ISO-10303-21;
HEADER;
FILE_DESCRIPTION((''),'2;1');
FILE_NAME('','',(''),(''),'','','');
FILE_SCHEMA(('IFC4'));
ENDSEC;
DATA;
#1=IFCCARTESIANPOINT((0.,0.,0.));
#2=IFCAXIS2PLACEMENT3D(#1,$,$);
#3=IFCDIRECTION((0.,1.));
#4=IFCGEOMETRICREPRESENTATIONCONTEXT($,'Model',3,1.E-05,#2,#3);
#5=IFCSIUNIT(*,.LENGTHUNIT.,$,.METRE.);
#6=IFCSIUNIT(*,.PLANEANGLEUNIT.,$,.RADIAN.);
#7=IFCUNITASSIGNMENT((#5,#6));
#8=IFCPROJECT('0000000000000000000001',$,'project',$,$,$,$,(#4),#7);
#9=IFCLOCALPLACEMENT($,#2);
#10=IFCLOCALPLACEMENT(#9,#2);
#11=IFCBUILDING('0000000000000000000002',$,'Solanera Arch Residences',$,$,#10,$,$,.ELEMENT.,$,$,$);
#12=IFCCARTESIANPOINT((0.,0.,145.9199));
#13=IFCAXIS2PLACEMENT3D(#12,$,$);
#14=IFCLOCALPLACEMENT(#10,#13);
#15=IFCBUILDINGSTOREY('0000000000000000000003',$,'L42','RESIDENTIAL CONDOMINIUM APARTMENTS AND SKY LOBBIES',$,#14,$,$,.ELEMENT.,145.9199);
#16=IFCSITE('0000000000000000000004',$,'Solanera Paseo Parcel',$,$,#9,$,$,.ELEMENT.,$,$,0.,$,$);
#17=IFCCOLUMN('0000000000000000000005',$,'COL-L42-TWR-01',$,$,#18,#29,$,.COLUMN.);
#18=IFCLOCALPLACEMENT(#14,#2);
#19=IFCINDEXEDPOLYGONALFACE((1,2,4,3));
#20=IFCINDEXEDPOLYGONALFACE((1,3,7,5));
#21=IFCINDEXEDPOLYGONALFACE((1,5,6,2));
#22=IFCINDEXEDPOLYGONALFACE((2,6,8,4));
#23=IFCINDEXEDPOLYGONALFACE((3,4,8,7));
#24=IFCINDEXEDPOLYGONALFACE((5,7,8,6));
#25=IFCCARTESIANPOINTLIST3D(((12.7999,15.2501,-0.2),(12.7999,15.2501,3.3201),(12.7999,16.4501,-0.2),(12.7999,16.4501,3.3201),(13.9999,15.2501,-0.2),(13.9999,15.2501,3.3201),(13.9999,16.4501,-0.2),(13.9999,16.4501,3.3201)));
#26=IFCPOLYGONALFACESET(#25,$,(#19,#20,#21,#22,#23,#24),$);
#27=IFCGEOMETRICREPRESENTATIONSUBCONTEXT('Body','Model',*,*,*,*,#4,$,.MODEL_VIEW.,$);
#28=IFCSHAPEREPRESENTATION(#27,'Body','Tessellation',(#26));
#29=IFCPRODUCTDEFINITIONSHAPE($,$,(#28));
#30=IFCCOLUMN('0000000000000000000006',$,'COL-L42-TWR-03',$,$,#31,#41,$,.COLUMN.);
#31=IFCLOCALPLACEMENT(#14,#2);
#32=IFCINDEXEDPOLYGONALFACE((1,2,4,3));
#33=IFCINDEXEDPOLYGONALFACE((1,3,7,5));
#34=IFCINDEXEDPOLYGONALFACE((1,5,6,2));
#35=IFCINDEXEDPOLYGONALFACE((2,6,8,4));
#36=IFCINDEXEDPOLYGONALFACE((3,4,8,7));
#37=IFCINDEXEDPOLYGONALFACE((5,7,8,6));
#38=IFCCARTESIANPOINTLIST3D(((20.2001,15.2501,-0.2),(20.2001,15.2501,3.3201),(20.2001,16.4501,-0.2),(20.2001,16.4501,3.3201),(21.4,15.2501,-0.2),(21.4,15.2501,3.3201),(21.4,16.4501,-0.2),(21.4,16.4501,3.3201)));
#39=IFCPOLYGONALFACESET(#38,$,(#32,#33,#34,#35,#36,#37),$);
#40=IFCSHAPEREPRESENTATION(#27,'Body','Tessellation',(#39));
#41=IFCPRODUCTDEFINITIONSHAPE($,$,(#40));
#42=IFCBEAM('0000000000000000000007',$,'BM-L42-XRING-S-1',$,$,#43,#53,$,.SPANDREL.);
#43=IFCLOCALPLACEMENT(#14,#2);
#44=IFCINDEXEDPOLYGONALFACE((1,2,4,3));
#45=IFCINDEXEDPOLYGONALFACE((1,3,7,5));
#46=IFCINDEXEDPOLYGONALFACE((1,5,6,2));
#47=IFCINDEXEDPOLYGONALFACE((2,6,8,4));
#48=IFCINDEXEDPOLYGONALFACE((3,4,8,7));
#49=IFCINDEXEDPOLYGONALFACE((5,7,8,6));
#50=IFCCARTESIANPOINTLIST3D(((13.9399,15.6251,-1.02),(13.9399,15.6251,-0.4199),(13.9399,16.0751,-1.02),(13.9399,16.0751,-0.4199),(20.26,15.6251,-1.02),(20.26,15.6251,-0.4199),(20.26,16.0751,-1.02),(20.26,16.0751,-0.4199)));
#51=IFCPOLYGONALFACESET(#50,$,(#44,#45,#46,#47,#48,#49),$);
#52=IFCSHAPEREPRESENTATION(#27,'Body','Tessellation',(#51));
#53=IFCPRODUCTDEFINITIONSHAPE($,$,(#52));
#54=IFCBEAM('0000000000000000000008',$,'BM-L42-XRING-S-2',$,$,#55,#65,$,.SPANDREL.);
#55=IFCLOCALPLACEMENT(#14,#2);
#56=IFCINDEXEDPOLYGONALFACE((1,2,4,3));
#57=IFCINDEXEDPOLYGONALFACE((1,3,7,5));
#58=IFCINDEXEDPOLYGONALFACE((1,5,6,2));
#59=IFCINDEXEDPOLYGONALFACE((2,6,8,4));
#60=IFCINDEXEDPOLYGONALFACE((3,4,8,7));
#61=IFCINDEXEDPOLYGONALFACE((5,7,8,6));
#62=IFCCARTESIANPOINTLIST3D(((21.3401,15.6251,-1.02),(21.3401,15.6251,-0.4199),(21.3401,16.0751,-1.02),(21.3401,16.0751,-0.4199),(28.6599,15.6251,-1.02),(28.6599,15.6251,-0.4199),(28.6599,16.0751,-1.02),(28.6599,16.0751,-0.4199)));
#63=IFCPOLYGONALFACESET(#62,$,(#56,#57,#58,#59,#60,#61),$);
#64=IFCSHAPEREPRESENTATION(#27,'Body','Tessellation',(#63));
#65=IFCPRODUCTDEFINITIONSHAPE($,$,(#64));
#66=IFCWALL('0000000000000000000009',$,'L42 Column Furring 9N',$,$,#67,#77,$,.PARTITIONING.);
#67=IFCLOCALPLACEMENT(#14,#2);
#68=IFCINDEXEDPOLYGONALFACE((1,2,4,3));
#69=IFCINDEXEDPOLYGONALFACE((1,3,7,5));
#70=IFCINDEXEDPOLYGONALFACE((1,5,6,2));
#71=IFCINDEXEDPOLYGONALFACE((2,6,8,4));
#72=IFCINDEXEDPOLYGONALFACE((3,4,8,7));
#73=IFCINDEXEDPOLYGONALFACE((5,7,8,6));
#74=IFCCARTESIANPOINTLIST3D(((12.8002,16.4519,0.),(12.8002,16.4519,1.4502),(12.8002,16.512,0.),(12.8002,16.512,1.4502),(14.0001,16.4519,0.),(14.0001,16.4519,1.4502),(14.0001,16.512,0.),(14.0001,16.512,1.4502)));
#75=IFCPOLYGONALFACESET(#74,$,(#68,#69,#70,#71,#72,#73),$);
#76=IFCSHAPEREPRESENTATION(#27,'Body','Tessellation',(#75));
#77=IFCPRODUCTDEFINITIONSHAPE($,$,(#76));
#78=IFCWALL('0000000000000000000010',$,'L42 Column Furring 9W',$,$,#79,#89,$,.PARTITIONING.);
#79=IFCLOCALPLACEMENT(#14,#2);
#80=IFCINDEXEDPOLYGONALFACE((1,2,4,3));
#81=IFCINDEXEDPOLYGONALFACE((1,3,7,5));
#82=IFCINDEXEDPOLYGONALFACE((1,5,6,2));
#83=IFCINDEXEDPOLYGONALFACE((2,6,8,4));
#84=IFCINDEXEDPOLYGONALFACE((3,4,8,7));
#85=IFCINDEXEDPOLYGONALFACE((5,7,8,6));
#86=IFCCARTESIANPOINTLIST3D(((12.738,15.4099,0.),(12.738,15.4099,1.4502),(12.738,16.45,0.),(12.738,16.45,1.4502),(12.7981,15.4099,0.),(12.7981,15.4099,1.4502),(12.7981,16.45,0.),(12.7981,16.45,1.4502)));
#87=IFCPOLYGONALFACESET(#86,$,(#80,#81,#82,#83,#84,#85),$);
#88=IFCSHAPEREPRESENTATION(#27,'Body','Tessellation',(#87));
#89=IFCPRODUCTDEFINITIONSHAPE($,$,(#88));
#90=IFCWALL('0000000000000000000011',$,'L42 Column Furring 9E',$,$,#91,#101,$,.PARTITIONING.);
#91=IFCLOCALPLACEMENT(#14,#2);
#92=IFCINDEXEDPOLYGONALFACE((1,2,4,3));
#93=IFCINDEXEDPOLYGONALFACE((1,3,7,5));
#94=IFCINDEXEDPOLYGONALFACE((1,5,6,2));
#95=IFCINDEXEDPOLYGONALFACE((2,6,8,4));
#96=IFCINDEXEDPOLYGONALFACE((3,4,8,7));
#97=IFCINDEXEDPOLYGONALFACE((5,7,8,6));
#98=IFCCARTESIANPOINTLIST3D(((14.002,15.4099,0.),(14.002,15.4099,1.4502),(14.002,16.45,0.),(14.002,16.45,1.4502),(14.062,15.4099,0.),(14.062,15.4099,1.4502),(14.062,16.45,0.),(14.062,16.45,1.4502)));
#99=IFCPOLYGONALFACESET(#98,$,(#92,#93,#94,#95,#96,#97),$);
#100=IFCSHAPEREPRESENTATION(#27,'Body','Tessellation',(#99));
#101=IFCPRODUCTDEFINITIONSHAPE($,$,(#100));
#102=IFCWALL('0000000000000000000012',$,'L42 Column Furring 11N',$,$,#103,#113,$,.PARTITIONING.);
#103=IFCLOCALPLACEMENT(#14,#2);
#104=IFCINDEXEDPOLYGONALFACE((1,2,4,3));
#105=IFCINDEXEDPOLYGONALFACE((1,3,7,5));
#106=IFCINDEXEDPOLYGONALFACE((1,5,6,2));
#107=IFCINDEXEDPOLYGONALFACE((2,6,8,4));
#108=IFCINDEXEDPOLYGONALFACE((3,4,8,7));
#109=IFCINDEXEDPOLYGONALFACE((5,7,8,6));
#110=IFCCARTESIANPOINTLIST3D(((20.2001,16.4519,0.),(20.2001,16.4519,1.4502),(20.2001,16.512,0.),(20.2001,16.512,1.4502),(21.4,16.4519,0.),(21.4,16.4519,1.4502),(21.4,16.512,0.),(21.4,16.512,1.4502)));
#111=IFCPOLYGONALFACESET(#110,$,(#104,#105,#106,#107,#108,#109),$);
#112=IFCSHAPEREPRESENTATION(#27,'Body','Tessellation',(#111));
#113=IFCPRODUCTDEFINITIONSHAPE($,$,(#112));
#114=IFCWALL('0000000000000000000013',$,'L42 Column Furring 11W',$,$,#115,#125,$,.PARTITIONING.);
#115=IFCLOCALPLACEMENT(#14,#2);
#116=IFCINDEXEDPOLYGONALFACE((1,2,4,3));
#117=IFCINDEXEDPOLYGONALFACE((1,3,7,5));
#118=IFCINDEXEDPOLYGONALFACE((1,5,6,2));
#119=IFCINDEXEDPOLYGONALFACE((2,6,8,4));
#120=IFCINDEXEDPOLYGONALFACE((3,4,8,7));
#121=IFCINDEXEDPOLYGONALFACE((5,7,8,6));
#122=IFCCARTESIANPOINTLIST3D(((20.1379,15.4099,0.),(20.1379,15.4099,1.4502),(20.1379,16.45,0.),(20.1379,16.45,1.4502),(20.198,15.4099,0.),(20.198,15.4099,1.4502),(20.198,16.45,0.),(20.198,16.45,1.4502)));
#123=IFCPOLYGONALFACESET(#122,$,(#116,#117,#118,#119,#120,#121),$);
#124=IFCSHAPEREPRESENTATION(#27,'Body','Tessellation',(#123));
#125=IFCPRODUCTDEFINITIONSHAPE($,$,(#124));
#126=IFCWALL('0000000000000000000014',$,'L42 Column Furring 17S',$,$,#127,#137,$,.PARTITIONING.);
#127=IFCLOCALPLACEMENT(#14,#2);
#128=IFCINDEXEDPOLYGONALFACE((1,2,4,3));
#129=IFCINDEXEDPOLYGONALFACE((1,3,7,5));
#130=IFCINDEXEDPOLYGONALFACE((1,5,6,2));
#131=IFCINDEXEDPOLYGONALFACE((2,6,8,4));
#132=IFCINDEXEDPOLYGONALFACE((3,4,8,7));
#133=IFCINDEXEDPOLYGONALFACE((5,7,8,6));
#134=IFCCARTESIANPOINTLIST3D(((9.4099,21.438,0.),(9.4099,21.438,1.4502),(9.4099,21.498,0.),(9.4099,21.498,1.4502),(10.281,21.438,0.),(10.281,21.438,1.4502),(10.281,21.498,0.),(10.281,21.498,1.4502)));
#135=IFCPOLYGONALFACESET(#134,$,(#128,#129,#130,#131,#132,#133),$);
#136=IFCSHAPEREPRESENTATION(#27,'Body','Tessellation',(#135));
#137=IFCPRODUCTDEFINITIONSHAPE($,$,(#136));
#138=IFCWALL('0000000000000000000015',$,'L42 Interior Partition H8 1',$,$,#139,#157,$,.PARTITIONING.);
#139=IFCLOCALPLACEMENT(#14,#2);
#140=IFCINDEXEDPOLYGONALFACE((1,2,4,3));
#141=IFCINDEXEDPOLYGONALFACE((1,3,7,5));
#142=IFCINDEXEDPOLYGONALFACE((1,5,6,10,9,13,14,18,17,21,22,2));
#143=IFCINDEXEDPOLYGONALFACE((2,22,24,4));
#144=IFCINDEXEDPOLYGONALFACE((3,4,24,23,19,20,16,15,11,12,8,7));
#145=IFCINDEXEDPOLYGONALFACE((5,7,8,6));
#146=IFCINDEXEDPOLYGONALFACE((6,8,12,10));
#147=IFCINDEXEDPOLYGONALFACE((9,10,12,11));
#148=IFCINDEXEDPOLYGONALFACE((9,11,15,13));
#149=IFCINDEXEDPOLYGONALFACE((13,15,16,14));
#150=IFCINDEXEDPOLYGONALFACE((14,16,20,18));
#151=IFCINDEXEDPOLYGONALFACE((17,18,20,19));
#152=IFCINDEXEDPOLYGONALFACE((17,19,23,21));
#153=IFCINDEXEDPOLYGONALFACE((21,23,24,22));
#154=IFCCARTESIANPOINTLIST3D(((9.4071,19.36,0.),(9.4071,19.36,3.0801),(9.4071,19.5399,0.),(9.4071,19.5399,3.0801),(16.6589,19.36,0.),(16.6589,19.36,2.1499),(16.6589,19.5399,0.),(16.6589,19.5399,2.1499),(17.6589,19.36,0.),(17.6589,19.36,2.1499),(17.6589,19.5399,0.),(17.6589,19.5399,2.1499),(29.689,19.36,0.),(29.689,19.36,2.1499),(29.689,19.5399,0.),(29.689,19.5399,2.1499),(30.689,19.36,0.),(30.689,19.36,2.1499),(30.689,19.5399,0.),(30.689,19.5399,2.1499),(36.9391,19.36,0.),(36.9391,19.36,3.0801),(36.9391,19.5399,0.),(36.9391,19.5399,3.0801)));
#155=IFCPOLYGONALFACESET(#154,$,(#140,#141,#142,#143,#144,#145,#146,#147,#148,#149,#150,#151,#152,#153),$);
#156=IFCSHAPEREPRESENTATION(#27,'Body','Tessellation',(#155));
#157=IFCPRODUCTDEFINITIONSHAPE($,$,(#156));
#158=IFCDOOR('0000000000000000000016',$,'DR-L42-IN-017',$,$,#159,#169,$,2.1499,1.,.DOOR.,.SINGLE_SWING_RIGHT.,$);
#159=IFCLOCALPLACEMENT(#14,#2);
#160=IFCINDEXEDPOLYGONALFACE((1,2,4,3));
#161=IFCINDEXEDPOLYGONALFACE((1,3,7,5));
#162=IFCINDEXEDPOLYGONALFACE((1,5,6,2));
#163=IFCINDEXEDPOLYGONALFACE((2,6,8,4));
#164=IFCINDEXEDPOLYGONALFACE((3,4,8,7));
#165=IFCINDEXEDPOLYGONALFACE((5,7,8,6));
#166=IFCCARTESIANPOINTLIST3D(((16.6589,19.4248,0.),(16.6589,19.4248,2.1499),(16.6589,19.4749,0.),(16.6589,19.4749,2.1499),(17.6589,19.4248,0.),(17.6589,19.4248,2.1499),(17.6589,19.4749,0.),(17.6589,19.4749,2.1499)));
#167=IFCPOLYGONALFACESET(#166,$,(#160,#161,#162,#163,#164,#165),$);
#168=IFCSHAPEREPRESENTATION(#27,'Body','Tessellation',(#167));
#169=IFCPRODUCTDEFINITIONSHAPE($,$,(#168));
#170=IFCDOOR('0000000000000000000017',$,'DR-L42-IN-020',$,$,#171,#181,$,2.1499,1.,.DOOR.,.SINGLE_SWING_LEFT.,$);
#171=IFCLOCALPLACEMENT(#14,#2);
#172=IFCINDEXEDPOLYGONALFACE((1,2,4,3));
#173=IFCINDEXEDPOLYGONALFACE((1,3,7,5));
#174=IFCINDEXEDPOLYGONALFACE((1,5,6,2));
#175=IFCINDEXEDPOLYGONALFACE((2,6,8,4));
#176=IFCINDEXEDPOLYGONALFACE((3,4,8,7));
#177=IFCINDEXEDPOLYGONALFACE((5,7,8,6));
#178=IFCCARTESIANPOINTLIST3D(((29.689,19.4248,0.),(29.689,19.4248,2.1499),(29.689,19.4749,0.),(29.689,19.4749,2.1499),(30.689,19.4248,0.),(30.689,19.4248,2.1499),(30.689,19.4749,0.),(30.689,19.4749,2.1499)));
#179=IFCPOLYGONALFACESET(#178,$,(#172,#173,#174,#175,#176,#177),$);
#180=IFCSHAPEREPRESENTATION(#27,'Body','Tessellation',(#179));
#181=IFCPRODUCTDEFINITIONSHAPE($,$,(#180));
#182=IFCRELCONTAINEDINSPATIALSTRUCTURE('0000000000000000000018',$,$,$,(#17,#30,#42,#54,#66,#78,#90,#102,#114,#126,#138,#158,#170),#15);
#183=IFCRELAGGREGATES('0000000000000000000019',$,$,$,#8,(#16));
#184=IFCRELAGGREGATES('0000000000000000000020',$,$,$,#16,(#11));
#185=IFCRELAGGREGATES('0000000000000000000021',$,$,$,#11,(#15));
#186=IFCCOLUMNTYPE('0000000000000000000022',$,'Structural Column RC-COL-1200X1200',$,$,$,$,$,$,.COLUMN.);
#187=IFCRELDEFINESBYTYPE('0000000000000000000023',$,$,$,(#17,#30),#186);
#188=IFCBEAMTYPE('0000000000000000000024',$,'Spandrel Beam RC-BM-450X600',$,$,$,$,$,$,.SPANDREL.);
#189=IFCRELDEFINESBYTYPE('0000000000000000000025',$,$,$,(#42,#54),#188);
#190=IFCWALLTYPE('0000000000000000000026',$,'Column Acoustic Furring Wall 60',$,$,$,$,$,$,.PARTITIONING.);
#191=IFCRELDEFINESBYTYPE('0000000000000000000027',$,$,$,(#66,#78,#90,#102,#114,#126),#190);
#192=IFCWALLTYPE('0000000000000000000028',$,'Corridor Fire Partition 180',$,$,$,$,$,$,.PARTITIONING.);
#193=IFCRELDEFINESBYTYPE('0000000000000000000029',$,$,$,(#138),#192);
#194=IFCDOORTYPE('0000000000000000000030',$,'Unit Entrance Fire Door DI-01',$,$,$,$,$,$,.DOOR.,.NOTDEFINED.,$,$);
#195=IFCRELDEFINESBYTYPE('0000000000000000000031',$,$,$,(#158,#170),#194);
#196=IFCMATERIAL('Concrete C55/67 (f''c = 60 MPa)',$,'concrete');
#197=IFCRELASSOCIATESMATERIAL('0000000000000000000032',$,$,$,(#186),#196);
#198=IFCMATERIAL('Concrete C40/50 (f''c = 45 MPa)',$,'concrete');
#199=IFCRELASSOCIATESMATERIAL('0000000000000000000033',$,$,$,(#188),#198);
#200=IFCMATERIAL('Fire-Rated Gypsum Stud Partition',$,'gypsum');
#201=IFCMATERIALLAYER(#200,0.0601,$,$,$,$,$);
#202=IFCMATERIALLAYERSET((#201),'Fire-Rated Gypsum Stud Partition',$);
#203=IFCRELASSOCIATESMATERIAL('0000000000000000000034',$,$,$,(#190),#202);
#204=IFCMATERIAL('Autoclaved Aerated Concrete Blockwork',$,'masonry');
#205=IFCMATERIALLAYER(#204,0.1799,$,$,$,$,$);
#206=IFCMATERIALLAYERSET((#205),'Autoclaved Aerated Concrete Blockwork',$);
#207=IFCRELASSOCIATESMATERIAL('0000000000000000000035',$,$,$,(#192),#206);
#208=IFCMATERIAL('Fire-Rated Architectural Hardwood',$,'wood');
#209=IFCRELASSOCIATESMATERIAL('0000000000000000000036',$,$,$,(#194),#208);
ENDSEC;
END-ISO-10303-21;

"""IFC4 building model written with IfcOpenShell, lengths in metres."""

from ifc_helpers import new_model, si_unit, direction, frame, frame_2d, origin, origin_2d, place, context, subcontext, project, spatial, rectangle, extrude, material, layer, layer_set, material_profile, profile_set, type_object, element, fill, save


model = new_model("IFC4")

# Units and contexts
model_context = context("Model", 3, precision=1e-05, world=origin(), true_north=direction((0.0, 1.0)))
body_context = subcontext(model_context, "Body", "Model", "MODEL_VIEW")
ifc_project = project(units=[si_unit("LENGTHUNIT", "METRE"), si_unit("PLANEANGLEUNIT", "RADIAN")], contexts=[model_context])

# Site, building, storey
site_placement = place(None, origin())
site = spatial("IfcSite", under=ifc_project, at=site_placement, Name="Solanera Paseo Parcel", CompositionType="ELEMENT", RefElevation=0.0)
building_placement = place(site_placement, origin())
building = spatial("IfcBuilding", under=site, at=building_placement, Name="Solanera Arch Residences", CompositionType="ELEMENT")
storey_placement = place(building_placement, frame((0.0, 0.0, 145.9199)))
storey = spatial("IfcBuildingStorey", under=building, at=storey_placement, Name="L42", Description="RESIDENTIAL CONDOMINIUM APARTMENTS AND SKY LOBBIES", CompositionType="ELEMENT", Elevation=145.9199)

# Columns
ifc_material_1 = material(Name="Concrete C55/67 (f'c = 60 MPa)", Category="concrete")
ifc_material_profile_1 = material_profile(ifc_material_1, rectangle(XDim=1.2, YDim=1.2, at=origin_2d()))
ifc_profile_set_1 = profile_set([ifc_material_profile_1], Name="Concrete C55/67 (f'c = 60 MPa)")
column_type = type_object("IfcColumnType", Name="Structural Column RC-COL-1200X1200", PredefinedType="COLUMN", material=ifc_profile_set_1)
for number, where, z_axis, x_axis, name in (
    (1, (13.3999, 15.8501, -0.2), (0.0, 0.0, 1.0), (1.0, 0.0, 0.0), "COL-L42-TWR-01"),
    (2, (20.8, 15.8501, -0.2), (0.0, 0.0, 1.0), (1.0, 0.0, 0.0), "COL-L42-TWR-03"),
):
    element("IfcColumn", number, at=place(storey_placement, frame(where, z_axis=z_axis, x_axis=x_axis)), inside=storey, type_object=column_type, Name=name, PredefinedType="COLUMN", context=body_context, shape_type="SweptSolid", body=[
        extrude(rectangle(XDim=1.2, YDim=1.2, at=origin_2d()), origin(), (0.0, 0.0, 1.0), 3.52),
    ])

# Beams
ifc_material_2 = material(Name="Concrete C40/50 (f'c = 45 MPa)", Category="concrete")
ifc_material_profile_2 = material_profile(ifc_material_2, rectangle(XDim=0.45, YDim=0.6001, at=origin_2d()))
ifc_profile_set_2 = profile_set([ifc_material_profile_2], Name="Concrete C40/50 (f'c = 45 MPa)")
beam_type = type_object("IfcBeamType", Name="Spandrel Beam RC-BM-450X600", PredefinedType="SPANDREL", material=ifc_profile_set_2)
beam_1_placement = place(storey_placement, frame((13.9399, 15.8501, -0.72), z_axis=(1.0, 0.0, 0.0), x_axis=(0.0, 1.0, 0.0)))
element("IfcBeam", 3, at=beam_1_placement, inside=storey, type_object=beam_type, Name="BM-L42-XRING-S-1", PredefinedType="SPANDREL", context=body_context, shape_type="SweptSolid", body=[
    extrude(rectangle(XDim=0.45, YDim=0.6001, at=origin_2d()), origin(), (0.0, 0.0, 1.0), 6.3201),
])
beam_2_placement = place(storey_placement, frame((21.3401, 15.8501, -0.72), z_axis=(1.0, 0.0, 0.0), x_axis=(0.0, 1.0, 0.0)))
element("IfcBeam", 4, at=beam_2_placement, inside=storey, type_object=beam_type, Name="BM-L42-XRING-S-2", PredefinedType="SPANDREL", context=body_context, shape_type="SweptSolid", body=[
    extrude(rectangle(XDim=0.45, YDim=0.6001, at=origin_2d()), origin(), (0.0, 0.0, 1.0), 7.3198),
])

# Walls
ifc_material_3 = material(Name="Fire-Rated Gypsum Stud Partition", Category="gypsum")
ifc_layer_1 = layer(ifc_material_3, 0.0601)
ifc_layer_set_1 = layer_set([ifc_layer_1], Name="Fire-Rated Gypsum Stud Partition")
wall_type_1 = type_object("IfcWallType", Name="Column Acoustic Furring Wall 60", PredefinedType="PARTITIONING", material=ifc_layer_set_1)
wall_1_placement = place(storey_placement, frame((12.8, 16.4819, 0.0), z_axis=(0.0, 0.0, 1.0), x_axis=(1.0, 0.0, 0.0)))
element("IfcWall", 5, at=wall_1_placement, inside=storey, type_object=wall_type_1, Name="L42 Column Furring 9N", PredefinedType="PARTITIONING", context=body_context, shape_type="SweptSolid", body=[
    extrude(rectangle(XDim=1.2, YDim=0.0601, at=frame_2d((0.6001, 0.0))), origin(), (0.0, 0.0, 1.0), 1.4502),
])
for number, where, z_axis, x_axis, name in (
    (6, (12.7681, 15.4099, 0.0), (0.0, 0.0, 1.0), (0.0, 1.0, 0.0), "L42 Column Furring 9W"),
    (7, (14.032, 15.4099, 0.0), (0.0, 0.0, 1.0), (0.0, 1.0, 0.0), "L42 Column Furring 9E"),
):
    element("IfcWall", number, at=place(storey_placement, frame(where, z_axis=z_axis, x_axis=x_axis)), inside=storey, type_object=wall_type_1, Name=name, PredefinedType="PARTITIONING", context=body_context, shape_type="SweptSolid", body=[
        extrude(rectangle(XDim=1.04, YDim=0.0601, at=frame_2d((0.52, 0.0))), origin(), (0.0, 0.0, 1.0), 1.4502),
    ])
wall_2_placement = place(storey_placement, frame((20.2, 16.4819, 0.0), z_axis=(0.0, 0.0, 1.0), x_axis=(1.0, 0.0, 0.0)))
element("IfcWall", 8, at=wall_2_placement, inside=storey, type_object=wall_type_1, Name="L42 Column Furring 11N", PredefinedType="PARTITIONING", context=body_context, shape_type="SweptSolid", body=[
    extrude(rectangle(XDim=1.2, YDim=0.0601, at=frame_2d((0.6001, 0.0))), origin(), (0.0, 0.0, 1.0), 1.4502),
])
wall_3_placement = place(storey_placement, frame((20.168, 15.4099, 0.0), z_axis=(0.0, 0.0, 1.0), x_axis=(0.0, 1.0, 0.0)))
element("IfcWall", 9, at=wall_3_placement, inside=storey, type_object=wall_type_1, Name="L42 Column Furring 11W", PredefinedType="PARTITIONING", context=body_context, shape_type="SweptSolid", body=[
    extrude(rectangle(XDim=1.04, YDim=0.0601, at=frame_2d((0.52, 0.0))), origin(), (0.0, 0.0, 1.0), 1.4502),
])
wall_4_placement = place(storey_placement, frame((9.4099, 21.468, 0.0), z_axis=(0.0, 0.0, 1.0), x_axis=(1.0, 0.0, 0.0)))
element("IfcWall", 10, at=wall_4_placement, inside=storey, type_object=wall_type_1, Name="L42 Column Furring 17S", PredefinedType="PARTITIONING", context=body_context, shape_type="SweptSolid", body=[
    extrude(rectangle(XDim=0.8711, YDim=0.0601, at=frame_2d((0.4355, 0.0))), origin(), (0.0, 0.0, 1.0), 1.4502),
])

# Wall, openings, doors
ifc_material_4 = material(Name="Autoclaved Aerated Concrete Blockwork", Category="masonry")
ifc_layer_2 = layer(ifc_material_4, 0.1799)
ifc_layer_set_2 = layer_set([ifc_layer_2], Name="Autoclaved Aerated Concrete Blockwork")
wall_type_2 = type_object("IfcWallType", Name="Corridor Fire Partition 180", PredefinedType="PARTITIONING", material=ifc_layer_set_2)
wall_5_placement = place(storey_placement, frame((9.407, 19.45, 0.0), z_axis=(0.0, 0.0, 1.0), x_axis=(1.0, 0.0, 0.0)))
wall_5 = element("IfcWall", 11, at=wall_5_placement, inside=storey, type_object=wall_type_2, Name="L42 Interior Partition H8 1", PredefinedType="PARTITIONING", context=body_context, shape_type="SweptSolid", body=[
    extrude(rectangle(XDim=27.532, YDim=0.1799, at=frame_2d((13.7661, 0.0))), origin(), (0.0, 0.0, 1.0), 3.0801),
])
opening_1_placement = place(wall_5_placement, frame((7.252, 0.0, 0.0)))
opening_1 = element("IfcOpeningElement", 12, at=opening_1_placement, cuts=wall_5, PredefinedType="OPENING", context=body_context, shape_type="SweptSolid", body=[
    extrude(rectangle(XDim=1.0, YDim=2.1499, at=frame_2d((0.5, 1.075))), frame((0.0, 0.1001, 0.0), z_axis=(0.0, -1.0, 0.0), x_axis=(1.0, 0.0, 0.0)), (0.0, 0.0, 1.0), 0.1999),
])
opening_2_placement = place(wall_5_placement, frame((20.282, 0.0, 0.0)))
opening_2 = element("IfcOpeningElement", 13, at=opening_2_placement, cuts=wall_5, PredefinedType="OPENING", context=body_context, shape_type="SweptSolid", body=[
    extrude(rectangle(XDim=1.0, YDim=2.1499, at=frame_2d((0.5, 1.075))), frame((0.0, 0.1001, 0.0), z_axis=(0.0, -1.0, 0.0), x_axis=(1.0, 0.0, 0.0)), (0.0, 0.0, 1.0), 0.1999),
])
ifc_material_5 = material(Name="Fire-Rated Architectural Hardwood", Category="wood")
door_type_1 = type_object("IfcDoorType", Name="Unit Entrance Fire Door DI-01", OperationType="NOTDEFINED", PredefinedType="DOOR", material=ifc_material_5)
door_1_placement = place(opening_1_placement, origin())
door_1 = element("IfcDoor", 14, at=door_1_placement, inside=storey, type_object=door_type_1, Name="DR-L42-IN-017", OperationType="SINGLE_SWING_RIGHT", OverallHeight=2.1499, OverallWidth=1.0, PredefinedType="DOOR", context=body_context, shape_type="SweptSolid", body=[
    extrude(rectangle(XDim=1.0, YDim=2.1499, at=frame_2d((0.5, 1.075))), frame((0.0, 0.0249, 0.0), z_axis=(0.0, -1.0, 0.0), x_axis=(1.0, 0.0, 0.0)), (0.0, 0.0, 1.0), 0.05),
])
fill(opening_1, door_1)
door_2_placement = place(opening_2_placement, origin())
door_2 = element("IfcDoor", 15, at=door_2_placement, inside=storey, type_object=door_type_1, Name="DR-L42-IN-020", OperationType="SINGLE_SWING_LEFT", OverallHeight=2.1499, OverallWidth=1.0, PredefinedType="DOOR", context=body_context, shape_type="SweptSolid", body=[
    extrude(rectangle(XDim=1.0, YDim=2.1499, at=frame_2d((0.5, 1.075))), frame((0.0, 0.0249, 0.0), z_axis=(0.0, -1.0, 0.0), x_axis=(1.0, 0.0, 0.0)), (0.0, 0.0, 1.0), 0.05),
])
fill(opening_2, door_2)

save(model, "model.ifc")
